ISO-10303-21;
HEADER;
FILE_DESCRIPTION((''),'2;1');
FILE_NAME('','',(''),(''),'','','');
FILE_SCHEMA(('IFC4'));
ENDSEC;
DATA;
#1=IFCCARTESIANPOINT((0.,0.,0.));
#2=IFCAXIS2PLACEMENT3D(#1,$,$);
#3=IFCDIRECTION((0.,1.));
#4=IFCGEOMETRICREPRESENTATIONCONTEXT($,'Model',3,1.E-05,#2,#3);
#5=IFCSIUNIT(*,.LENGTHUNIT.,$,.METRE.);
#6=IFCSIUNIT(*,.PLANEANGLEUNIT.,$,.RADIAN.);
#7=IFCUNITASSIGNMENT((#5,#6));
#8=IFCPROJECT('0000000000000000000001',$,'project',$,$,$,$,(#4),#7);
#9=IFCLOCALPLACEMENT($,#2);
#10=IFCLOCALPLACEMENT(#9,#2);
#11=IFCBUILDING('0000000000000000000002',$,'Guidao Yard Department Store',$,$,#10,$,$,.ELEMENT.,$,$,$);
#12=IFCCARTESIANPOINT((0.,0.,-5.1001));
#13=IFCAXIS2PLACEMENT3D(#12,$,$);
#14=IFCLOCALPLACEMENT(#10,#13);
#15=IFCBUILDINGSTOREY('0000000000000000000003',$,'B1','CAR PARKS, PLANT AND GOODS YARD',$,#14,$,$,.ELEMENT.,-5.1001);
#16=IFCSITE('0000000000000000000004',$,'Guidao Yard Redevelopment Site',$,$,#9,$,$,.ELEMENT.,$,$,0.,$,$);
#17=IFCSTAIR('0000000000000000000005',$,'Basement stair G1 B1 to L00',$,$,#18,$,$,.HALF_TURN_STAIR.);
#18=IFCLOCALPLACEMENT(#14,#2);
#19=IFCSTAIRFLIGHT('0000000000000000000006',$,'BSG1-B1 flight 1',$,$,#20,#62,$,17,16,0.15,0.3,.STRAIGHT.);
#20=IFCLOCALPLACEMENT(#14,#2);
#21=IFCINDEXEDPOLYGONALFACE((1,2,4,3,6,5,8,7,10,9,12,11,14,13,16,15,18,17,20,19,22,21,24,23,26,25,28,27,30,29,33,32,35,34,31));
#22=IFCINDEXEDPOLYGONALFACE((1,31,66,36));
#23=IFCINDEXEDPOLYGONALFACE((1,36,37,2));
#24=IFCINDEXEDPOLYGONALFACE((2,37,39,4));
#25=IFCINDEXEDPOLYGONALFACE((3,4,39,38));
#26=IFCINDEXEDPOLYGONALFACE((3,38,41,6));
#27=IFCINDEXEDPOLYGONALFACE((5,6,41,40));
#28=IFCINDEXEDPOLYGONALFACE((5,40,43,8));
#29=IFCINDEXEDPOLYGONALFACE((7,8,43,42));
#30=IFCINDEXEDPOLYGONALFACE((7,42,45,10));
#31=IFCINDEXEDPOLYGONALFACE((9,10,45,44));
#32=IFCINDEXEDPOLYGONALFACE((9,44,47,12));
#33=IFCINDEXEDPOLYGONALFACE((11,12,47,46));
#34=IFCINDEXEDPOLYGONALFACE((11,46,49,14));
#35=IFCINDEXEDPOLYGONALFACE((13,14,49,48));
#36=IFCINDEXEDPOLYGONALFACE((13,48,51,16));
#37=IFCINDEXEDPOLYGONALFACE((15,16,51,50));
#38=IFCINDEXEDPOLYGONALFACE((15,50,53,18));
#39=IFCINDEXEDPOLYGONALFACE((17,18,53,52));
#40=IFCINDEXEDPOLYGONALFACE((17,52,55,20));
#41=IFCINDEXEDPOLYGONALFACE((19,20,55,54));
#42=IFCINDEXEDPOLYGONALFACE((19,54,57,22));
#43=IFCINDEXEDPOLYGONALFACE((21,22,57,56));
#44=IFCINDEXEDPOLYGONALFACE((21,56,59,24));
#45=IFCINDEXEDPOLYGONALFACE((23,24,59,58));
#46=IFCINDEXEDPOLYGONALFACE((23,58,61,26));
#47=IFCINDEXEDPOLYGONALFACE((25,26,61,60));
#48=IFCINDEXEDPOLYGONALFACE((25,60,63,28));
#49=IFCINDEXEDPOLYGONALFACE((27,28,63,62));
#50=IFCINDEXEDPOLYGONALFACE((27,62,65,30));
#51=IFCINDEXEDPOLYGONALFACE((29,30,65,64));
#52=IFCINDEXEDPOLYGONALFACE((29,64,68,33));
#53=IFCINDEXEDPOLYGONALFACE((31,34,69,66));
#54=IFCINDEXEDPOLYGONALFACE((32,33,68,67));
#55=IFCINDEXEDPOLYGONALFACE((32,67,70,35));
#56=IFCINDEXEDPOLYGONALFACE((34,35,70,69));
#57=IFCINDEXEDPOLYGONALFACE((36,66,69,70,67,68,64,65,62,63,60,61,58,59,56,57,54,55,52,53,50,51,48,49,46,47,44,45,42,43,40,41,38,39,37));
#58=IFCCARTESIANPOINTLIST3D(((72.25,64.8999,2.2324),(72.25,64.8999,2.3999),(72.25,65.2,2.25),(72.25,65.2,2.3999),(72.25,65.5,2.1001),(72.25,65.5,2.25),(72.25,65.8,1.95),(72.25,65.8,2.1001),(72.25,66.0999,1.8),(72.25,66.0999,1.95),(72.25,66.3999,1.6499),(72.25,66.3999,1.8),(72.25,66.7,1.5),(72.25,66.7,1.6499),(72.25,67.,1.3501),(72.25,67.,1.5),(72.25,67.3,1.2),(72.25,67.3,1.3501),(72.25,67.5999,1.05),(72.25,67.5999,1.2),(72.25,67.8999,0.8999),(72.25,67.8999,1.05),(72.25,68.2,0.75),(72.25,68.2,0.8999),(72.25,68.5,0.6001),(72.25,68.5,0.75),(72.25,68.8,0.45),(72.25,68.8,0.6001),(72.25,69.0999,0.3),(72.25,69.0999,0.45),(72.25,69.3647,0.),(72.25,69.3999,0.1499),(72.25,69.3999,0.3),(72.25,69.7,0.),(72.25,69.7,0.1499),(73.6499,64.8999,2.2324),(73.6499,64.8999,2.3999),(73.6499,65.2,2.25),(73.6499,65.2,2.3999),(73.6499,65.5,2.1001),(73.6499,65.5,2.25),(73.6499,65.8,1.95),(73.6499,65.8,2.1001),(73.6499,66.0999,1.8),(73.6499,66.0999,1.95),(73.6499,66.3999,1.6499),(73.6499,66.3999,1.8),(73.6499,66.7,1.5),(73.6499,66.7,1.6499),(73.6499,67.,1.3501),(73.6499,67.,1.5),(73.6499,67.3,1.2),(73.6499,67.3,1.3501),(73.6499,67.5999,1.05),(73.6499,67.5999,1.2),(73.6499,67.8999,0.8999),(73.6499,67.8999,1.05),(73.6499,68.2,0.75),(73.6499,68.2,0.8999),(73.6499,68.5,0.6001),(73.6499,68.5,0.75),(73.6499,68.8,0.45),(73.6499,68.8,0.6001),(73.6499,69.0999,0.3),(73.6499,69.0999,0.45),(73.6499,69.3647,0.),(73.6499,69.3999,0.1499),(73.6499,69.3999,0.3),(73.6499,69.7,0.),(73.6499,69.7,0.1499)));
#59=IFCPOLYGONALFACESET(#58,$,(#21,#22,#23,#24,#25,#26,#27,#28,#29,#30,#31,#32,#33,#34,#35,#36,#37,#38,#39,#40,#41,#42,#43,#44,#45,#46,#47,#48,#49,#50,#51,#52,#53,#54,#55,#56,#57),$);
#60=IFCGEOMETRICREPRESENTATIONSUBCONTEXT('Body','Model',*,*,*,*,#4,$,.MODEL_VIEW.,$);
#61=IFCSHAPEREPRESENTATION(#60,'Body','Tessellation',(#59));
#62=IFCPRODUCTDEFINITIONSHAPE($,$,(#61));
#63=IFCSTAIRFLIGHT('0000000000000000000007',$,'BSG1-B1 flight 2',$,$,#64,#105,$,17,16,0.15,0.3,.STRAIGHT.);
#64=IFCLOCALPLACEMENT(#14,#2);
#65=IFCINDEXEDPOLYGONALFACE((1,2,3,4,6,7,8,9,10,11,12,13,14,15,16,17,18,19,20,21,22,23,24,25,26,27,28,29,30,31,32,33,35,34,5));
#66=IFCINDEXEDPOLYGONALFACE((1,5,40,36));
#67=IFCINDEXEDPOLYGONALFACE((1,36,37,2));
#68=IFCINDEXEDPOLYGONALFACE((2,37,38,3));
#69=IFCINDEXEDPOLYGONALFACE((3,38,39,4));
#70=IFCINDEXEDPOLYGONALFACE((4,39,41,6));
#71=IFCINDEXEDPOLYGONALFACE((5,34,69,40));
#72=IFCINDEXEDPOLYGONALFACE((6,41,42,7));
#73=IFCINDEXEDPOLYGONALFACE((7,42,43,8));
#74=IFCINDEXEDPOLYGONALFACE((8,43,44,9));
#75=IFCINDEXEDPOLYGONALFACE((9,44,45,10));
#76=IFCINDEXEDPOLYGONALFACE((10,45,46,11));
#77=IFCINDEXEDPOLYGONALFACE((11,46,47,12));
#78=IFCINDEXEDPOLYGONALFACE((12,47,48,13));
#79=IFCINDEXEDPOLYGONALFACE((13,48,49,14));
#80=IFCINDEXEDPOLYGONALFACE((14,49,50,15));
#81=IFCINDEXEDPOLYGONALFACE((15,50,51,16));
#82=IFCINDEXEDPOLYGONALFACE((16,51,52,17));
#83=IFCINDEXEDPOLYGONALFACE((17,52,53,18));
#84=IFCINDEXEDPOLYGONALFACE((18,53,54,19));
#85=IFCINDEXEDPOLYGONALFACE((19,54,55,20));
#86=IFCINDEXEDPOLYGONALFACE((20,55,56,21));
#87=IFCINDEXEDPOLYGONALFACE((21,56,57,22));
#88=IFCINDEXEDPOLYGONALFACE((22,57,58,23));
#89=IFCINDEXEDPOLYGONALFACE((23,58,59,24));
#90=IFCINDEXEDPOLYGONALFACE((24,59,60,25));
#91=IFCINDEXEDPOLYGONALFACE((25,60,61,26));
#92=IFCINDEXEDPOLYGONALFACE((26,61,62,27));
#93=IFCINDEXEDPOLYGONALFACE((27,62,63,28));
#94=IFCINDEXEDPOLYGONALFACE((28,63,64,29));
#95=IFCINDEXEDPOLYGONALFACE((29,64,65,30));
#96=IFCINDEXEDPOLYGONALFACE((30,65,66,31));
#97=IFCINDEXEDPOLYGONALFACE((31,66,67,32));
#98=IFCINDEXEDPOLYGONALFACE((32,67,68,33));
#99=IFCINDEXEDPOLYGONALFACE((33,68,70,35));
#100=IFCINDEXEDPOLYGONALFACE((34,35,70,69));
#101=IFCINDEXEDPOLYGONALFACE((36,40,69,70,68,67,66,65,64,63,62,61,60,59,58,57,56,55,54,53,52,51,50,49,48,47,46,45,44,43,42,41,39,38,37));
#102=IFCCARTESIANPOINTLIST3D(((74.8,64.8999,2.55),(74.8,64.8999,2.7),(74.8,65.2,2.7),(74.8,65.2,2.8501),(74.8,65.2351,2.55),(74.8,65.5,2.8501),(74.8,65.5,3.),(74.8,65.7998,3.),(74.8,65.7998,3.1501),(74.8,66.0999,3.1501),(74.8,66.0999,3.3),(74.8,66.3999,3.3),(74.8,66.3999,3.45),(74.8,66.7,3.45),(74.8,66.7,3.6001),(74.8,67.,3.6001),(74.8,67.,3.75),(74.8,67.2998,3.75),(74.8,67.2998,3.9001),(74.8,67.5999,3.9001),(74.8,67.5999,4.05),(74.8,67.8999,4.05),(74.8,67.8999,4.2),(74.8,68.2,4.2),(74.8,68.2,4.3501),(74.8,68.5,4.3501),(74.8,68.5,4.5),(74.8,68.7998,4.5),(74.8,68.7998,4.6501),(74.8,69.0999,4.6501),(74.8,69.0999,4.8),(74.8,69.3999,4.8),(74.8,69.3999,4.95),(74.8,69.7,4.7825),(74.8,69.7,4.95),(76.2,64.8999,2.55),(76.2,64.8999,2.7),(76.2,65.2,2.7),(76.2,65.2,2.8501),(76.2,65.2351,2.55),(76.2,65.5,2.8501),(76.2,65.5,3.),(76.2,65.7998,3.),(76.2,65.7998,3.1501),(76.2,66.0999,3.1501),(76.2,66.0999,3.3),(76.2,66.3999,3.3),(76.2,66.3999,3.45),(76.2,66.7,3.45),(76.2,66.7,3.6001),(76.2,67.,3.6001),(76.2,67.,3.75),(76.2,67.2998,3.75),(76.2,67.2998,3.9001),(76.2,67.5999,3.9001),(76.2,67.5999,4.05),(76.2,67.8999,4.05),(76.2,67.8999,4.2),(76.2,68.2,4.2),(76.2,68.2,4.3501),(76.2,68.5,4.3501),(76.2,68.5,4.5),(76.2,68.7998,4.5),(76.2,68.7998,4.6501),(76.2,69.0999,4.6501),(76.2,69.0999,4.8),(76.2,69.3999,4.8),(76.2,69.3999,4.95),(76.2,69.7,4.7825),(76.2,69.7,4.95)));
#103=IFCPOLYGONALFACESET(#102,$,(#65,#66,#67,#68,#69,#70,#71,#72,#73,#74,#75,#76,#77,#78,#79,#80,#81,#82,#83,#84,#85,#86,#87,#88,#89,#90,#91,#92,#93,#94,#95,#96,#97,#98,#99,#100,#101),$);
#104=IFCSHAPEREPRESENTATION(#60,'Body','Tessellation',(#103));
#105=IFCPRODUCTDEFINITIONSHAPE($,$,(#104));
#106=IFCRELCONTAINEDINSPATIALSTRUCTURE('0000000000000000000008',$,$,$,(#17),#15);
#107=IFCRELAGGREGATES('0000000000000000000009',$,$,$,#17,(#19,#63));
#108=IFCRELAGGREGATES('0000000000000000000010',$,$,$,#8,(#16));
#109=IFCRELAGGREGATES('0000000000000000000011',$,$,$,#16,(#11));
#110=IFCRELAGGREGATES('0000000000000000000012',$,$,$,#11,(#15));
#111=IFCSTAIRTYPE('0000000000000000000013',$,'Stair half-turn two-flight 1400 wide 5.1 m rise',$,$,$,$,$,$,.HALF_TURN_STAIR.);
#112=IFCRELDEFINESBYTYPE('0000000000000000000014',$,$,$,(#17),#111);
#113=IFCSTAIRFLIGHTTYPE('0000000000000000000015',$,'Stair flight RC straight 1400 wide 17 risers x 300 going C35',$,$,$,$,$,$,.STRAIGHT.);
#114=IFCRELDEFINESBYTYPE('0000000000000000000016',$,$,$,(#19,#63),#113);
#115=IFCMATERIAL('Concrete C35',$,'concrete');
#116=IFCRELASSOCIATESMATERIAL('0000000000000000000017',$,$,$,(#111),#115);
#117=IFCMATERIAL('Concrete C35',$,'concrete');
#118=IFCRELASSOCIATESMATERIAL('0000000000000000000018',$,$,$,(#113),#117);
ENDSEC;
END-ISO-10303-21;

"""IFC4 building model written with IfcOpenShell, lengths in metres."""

from ifc_helpers import new_model, si_unit, direction, frame, origin, place, context, subcontext, project, spatial, polyline, outline, extrude, material, type_object, element, aggregate, save


model = new_model("IFC4")

# Units and contexts
model_context = context("Model", 3, precision=1e-05, world=origin(), true_north=direction((0.0, 1.0)))
body_context = subcontext(model_context, "Body", "Model", "MODEL_VIEW")
ifc_project = project(units=[si_unit("LENGTHUNIT", "METRE"), si_unit("PLANEANGLEUNIT", "RADIAN")], contexts=[model_context])

# Site, building, storey
site_placement = place(None, origin())
site = spatial("IfcSite", under=ifc_project, at=site_placement, Name="Guidao Yard Redevelopment Site", CompositionType="ELEMENT", RefElevation=0.0)
building_placement = place(site_placement, origin())
building = spatial("IfcBuilding", under=site, at=building_placement, Name="Guidao Yard Department Store", CompositionType="ELEMENT")
storey_placement = place(building_placement, frame((0.0, 0.0, -5.1001)))
storey = spatial("IfcBuildingStorey", under=building, at=storey_placement, Name="B1", Description="CAR PARKS, PLANT AND GOODS YARD", CompositionType="ELEMENT", Elevation=-5.1001)

# Stair, stair flights
ifc_material_1 = material(Name="Concrete C35", Category="concrete")
stair_type = type_object("IfcStairType", Name="Stair half-turn two-flight 1400 wide 5.1 m rise", PredefinedType="HALF_TURN_STAIR", material=ifc_material_1)
stair_placement = place(storey_placement, origin())
stair = element("IfcStair", 1, at=stair_placement, inside=storey, type_object=stair_type, Name="Basement stair G1 B1 to L00", PredefinedType="HALF_TURN_STAIR")
ifc_material_2 = material(Name="Concrete C35", Category="concrete")
stair_flight_type = type_object("IfcStairFlightType", Name="Stair flight RC straight 1400 wide 17 risers x 300 going C35", PredefinedType="STRAIGHT", material=ifc_material_2)
stair_flight_1_placement = place(storey_placement, frame((72.95, 69.7, 0.0), z_axis=(0.0, 0.0, 1.0), x_axis=(0.0, -1.0, 0.0)))
stair_flight_1 = element("IfcStairFlight", 2, at=stair_flight_1_placement, type_object=stair_flight_type, Name="BSG1-B1 flight 1", NumberOfRisers=17, NumberOfTreads=16, PredefinedType="STRAIGHT", RiserHeight=0.15, TreadLength=0.3, context=body_context, shape_type="SweptSolid", body=[
    extrude(outline(polyline([(0.0, 0.0), (0.0, 0.1499), (0.3, 0.1499), (0.3, 0.3), (0.6001, 0.3), (0.6001, 0.45), (0.8999, 0.45), (0.8999, 0.6001), (1.2, 0.6001), (1.2, 0.75), (1.5, 0.75), (1.5, 0.8999), (1.8, 0.8999), (1.8, 1.05), (2.1001, 1.05), (2.1001, 1.2), (2.3999, 1.2), (2.3999, 1.3501), (2.7, 1.3501), (2.7, 1.5), (3.0, 1.5), (3.0, 1.6499), (3.3, 1.6499), (3.3, 1.8), (3.6001, 1.8), (3.6001, 1.95), (3.8999, 1.95), (3.8999, 2.1001), (4.2, 2.1001), (4.2, 2.25), (4.5, 2.25), (4.5, 2.3999), (4.8, 2.3999), (4.8, 2.55), (4.8, 2.2324), (0.3352, 0.0), (0.0, 0.0)])), frame((0.0, 0.7, 0.0), z_axis=(0.0, -1.0, 0.0), x_axis=(1.0, 0.0, 0.0)), (0.0, 0.0, 1.0), 1.3999),
])
stair_flight_2_placement = place(storey_placement, frame((75.5, 64.8999, 2.55), z_axis=(0.0, 0.0, 1.0), x_axis=(0.0, 1.0, 0.0)))
stair_flight_2 = element("IfcStairFlight", 3, at=stair_flight_2_placement, type_object=stair_flight_type, Name="BSG1-B1 flight 2", NumberOfRisers=17, NumberOfTreads=16, PredefinedType="STRAIGHT", RiserHeight=0.15, TreadLength=0.3, context=body_context, shape_type="SweptSolid", body=[
    extrude(outline(polyline([(0.0, 0.0), (0.0, 0.1499), (0.3, 0.1499), (0.3, 0.3), (0.6001, 0.3), (0.6001, 0.45), (0.8999, 0.45), (0.8999, 0.6001), (1.2, 0.6001), (1.2, 0.75), (1.5, 0.75), (1.5, 0.8999), (1.8, 0.8999), (1.8, 1.05), (2.1001, 1.05), (2.1001, 1.2), (2.3999, 1.2), (2.3999, 1.3501), (2.7, 1.3501), (2.7, 1.5), (3.0, 1.5), (3.0, 1.6499), (3.3, 1.6499), (3.3, 1.8), (3.6001, 1.8), (3.6001, 1.95), (3.8999, 1.95), (3.8999, 2.1001), (4.2, 2.1001), (4.2, 2.25), (4.5, 2.25), (4.5, 2.3999), (4.8, 2.3999), (4.8, 2.55), (4.8, 2.2324), (0.3352, 0.0), (0.0, 0.0)])), frame((0.0, 0.7, 0.0), z_axis=(0.0, -1.0, 0.0), x_axis=(1.0, 0.0, 0.0)), (0.0, 0.0, 1.0), 1.3999),
])
aggregate(stair, [stair_flight_1, stair_flight_2])

save(model, "model.ifc")
